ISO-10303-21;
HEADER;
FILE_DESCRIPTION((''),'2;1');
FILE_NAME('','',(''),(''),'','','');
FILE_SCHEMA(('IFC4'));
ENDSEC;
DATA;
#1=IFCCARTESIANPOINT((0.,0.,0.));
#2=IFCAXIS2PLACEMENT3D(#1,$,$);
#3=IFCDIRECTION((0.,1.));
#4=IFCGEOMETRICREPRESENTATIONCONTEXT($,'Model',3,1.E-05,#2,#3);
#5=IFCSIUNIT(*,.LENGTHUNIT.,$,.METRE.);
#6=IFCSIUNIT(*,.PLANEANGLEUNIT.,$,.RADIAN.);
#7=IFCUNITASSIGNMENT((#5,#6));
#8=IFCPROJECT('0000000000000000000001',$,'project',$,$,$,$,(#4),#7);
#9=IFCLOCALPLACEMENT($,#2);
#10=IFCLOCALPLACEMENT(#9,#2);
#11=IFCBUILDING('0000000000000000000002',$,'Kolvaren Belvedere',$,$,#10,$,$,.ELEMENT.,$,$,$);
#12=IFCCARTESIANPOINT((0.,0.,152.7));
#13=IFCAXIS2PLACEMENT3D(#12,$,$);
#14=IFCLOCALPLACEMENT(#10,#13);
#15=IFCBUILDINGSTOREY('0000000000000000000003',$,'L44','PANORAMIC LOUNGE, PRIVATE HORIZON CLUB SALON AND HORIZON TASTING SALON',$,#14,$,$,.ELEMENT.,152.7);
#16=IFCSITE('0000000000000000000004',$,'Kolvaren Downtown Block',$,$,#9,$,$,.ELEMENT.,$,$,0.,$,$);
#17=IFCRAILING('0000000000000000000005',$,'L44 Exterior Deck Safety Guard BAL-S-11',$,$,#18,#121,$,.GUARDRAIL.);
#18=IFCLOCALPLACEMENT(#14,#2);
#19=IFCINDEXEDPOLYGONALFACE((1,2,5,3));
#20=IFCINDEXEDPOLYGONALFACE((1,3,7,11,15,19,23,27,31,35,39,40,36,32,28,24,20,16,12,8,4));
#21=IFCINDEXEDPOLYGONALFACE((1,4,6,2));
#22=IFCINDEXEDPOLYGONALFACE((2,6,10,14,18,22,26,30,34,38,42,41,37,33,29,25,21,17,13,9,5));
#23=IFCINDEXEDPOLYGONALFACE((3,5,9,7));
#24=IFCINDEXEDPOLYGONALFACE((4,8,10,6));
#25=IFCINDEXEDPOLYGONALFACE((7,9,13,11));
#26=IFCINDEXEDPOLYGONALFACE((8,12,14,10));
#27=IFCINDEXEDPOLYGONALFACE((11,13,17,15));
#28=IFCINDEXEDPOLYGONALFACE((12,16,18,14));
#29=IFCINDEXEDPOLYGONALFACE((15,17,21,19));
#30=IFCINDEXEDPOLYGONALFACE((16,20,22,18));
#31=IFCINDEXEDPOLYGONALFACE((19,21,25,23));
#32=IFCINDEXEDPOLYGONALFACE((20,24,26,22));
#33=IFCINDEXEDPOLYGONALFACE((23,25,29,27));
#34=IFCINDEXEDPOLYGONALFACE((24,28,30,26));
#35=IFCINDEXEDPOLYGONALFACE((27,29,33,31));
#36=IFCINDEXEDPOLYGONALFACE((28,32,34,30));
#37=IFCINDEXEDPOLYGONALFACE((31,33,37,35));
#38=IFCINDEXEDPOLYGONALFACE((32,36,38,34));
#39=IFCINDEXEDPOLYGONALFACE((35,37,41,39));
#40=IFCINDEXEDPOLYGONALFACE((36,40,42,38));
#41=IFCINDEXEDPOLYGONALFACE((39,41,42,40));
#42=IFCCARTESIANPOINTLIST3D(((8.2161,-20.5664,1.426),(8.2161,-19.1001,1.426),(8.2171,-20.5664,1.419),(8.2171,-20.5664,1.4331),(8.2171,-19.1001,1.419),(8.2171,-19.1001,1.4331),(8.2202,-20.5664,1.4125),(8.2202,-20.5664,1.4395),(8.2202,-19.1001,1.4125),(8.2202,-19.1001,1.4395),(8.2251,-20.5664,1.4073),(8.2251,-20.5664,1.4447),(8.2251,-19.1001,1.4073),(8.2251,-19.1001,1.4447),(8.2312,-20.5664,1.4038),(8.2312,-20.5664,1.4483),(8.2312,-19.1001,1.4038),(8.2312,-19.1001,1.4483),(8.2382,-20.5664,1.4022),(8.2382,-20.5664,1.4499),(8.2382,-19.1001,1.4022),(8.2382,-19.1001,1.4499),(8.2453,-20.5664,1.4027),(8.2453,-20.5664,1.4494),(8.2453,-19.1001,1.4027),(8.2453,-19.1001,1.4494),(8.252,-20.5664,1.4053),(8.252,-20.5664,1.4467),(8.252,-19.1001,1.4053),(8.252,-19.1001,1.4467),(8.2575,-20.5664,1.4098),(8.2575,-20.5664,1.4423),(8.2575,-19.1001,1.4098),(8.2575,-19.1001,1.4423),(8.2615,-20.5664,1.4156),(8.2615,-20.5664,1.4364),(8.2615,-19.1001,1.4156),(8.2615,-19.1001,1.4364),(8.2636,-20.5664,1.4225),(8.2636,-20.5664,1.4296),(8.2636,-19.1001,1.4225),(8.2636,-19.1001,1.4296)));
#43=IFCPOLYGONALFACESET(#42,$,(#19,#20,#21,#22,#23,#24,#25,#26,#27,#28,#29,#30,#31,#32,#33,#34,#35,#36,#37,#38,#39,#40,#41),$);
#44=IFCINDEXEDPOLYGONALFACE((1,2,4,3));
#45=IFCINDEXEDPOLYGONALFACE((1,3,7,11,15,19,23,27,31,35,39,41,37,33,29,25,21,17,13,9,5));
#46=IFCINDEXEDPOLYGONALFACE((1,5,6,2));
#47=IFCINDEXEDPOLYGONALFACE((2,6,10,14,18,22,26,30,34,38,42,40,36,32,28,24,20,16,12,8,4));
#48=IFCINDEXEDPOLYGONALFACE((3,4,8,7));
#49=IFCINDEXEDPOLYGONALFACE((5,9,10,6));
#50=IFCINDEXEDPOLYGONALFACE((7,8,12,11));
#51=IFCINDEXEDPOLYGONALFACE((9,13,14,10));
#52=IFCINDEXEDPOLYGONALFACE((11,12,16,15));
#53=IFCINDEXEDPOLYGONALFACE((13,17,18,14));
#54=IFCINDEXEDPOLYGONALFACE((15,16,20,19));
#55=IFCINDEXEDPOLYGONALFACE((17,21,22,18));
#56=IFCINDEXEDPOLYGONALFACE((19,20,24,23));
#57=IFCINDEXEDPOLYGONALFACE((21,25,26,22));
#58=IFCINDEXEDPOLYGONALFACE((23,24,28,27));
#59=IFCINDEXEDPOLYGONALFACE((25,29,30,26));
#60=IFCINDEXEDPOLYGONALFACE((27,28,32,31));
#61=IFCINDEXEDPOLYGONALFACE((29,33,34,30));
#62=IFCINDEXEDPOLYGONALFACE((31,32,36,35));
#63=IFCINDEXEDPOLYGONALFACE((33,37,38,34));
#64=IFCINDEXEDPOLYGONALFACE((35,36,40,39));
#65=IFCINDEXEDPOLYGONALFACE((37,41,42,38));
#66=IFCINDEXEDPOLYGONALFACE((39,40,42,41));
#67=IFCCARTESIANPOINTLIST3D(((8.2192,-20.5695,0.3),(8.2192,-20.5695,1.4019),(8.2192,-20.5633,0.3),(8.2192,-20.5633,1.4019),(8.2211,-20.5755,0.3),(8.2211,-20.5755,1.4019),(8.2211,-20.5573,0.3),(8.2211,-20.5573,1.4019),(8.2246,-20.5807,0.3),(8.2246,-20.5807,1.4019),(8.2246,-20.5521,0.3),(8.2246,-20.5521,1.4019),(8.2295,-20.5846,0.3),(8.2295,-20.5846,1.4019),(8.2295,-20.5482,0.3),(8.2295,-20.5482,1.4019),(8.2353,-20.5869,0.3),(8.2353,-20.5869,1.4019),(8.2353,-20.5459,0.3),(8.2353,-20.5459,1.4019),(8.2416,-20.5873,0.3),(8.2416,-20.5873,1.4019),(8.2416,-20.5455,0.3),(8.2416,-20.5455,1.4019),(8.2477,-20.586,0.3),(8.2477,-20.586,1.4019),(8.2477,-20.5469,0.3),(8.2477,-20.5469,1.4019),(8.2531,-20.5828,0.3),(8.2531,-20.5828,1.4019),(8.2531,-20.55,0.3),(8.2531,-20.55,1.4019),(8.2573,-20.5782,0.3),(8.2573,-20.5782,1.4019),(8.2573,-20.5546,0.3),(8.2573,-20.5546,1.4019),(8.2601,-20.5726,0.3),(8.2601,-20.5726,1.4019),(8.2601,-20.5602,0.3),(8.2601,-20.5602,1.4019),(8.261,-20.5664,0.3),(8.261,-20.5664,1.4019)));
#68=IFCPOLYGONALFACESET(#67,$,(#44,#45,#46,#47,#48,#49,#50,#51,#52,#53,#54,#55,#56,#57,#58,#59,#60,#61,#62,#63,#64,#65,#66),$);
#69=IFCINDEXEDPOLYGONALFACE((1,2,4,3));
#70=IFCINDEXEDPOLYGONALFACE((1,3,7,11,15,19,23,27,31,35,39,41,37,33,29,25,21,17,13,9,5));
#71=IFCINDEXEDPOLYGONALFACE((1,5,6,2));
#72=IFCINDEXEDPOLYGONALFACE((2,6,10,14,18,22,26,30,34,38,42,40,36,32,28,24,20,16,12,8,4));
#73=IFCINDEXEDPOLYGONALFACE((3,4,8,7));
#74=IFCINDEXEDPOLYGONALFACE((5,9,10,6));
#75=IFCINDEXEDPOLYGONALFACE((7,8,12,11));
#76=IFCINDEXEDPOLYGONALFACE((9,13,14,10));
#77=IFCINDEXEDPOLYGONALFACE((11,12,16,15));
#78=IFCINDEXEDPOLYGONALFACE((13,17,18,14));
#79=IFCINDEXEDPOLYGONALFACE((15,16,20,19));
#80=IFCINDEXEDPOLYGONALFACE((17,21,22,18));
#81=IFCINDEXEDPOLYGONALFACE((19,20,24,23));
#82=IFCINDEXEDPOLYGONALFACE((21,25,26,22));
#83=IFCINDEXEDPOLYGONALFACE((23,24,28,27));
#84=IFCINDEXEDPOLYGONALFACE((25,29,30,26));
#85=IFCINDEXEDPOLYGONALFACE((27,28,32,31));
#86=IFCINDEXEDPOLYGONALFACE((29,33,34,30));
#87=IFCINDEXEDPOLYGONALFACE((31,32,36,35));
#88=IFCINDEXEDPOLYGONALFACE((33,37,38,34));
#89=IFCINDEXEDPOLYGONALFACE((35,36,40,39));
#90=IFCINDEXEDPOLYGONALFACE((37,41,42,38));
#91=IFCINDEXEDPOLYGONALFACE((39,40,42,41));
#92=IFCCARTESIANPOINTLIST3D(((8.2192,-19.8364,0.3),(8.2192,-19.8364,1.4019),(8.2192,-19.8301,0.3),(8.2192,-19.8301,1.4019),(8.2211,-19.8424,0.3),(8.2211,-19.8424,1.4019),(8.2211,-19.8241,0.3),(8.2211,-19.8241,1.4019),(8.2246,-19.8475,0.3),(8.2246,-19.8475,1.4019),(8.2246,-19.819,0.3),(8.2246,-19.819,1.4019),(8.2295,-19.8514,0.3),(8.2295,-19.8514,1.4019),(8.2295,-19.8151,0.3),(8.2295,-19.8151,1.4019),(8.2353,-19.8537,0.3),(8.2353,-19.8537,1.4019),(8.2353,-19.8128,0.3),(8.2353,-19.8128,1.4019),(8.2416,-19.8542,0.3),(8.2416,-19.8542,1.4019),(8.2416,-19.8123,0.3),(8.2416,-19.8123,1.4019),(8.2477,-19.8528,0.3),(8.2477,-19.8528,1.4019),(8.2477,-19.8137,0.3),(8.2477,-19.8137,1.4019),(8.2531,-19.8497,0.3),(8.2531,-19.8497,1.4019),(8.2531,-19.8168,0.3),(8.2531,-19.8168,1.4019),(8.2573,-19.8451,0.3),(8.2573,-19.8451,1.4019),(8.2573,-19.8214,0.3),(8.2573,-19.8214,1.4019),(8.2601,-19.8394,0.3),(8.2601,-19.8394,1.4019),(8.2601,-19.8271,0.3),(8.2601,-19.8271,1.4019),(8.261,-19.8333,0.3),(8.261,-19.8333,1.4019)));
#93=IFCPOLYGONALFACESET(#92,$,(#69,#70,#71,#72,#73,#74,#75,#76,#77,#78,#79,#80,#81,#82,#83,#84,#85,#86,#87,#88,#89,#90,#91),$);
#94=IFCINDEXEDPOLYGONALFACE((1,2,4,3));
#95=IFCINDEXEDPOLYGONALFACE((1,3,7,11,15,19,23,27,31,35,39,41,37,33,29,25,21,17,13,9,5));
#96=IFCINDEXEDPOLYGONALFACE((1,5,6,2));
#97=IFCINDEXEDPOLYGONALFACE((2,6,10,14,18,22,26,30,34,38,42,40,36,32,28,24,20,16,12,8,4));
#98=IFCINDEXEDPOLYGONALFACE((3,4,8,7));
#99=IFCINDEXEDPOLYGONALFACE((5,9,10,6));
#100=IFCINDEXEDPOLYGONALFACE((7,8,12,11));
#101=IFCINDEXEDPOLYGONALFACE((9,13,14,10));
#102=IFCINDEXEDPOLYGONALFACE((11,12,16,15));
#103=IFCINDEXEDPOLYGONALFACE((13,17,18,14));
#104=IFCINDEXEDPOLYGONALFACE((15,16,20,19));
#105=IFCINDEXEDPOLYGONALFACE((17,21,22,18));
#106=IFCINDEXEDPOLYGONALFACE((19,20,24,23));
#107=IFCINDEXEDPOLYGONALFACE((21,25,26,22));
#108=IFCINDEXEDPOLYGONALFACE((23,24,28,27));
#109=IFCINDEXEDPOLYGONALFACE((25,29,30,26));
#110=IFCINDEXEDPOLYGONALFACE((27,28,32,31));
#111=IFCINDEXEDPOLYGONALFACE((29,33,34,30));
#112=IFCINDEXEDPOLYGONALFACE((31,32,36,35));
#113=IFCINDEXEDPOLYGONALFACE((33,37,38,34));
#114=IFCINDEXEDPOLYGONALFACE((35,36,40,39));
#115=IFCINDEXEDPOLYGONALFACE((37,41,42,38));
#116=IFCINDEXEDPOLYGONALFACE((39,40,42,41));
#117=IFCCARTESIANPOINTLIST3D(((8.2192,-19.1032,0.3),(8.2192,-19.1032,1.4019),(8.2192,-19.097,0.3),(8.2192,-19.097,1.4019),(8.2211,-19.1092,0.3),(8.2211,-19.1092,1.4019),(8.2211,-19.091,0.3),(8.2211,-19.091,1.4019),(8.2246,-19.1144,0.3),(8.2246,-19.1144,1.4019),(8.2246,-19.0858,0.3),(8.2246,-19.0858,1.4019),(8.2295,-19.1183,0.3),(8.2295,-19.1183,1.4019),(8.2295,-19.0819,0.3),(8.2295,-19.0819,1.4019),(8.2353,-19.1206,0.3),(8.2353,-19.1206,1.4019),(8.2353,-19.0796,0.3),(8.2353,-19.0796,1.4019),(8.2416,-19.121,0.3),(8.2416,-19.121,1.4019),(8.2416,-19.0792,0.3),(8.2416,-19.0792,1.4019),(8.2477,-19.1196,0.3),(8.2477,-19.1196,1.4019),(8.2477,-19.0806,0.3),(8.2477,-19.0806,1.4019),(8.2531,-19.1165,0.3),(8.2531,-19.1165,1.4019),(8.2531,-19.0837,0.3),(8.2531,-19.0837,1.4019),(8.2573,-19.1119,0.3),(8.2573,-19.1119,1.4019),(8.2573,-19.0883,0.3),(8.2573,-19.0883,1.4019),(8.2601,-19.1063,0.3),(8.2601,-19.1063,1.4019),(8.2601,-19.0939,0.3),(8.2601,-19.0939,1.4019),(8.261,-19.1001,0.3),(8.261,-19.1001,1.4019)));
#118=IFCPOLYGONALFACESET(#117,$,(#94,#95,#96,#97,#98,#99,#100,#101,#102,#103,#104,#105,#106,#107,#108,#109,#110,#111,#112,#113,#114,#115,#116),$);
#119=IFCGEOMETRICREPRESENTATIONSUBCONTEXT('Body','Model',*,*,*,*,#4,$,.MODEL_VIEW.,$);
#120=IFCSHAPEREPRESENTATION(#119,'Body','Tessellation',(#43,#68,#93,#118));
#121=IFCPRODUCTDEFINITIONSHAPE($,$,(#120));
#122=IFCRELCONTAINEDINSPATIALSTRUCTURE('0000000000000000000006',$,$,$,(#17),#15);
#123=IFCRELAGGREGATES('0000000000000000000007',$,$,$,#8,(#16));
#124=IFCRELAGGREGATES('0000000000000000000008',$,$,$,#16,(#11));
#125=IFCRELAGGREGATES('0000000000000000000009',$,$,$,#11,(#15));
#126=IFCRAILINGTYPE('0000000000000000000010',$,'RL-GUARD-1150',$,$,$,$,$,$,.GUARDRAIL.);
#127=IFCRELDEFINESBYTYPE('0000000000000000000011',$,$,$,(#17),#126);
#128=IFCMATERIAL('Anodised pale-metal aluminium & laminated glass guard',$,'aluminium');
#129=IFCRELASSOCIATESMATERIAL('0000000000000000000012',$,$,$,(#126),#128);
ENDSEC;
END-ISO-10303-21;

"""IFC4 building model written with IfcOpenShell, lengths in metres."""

from ifc_helpers import new_model, si_unit, direction, frame, origin, origin_2d, place, context, subcontext, project, spatial, circle, extrude, material, type_object, element, save


model = new_model("IFC4")

# Units and contexts
model_context = context("Model", 3, precision=1e-05, world=origin(), true_north=direction((0.0, 1.0)))
body_context = subcontext(model_context, "Body", "Model", "MODEL_VIEW")
ifc_project = project(units=[si_unit("LENGTHUNIT", "METRE"), si_unit("PLANEANGLEUNIT", "RADIAN")], contexts=[model_context])

# Site, building, storey
site_placement = place(None, origin())
site = spatial("IfcSite", under=ifc_project, at=site_placement, Name="Kolvaren Downtown Block", CompositionType="ELEMENT", RefElevation=0.0)
building_placement = place(site_placement, origin())
building = spatial("IfcBuilding", under=site, at=building_placement, Name="Kolvaren Belvedere", CompositionType="ELEMENT")
storey_placement = place(building_placement, frame((0.0, 0.0, 152.7)))
storey = spatial("IfcBuildingStorey", under=building, at=storey_placement, Name="L44", Description="PANORAMIC LOUNGE, PRIVATE HORIZON CLUB SALON AND HORIZON TASTING SALON", CompositionType="ELEMENT", Elevation=152.7)

# Railing
ifc_material_1 = material(Name="Anodised pale-metal aluminium & laminated glass guard", Category="aluminium")
railing_type = type_object("IfcRailingType", Name="RL-GUARD-1150", PredefinedType="GUARDRAIL", material=ifc_material_1)
railing_1_placement = place(storey_placement, frame((8.24, -20.5664, 0.3)))
element("IfcRailing", 1, at=railing_1_placement, inside=storey, type_object=railing_type, Name="L44 Exterior Deck Safety Guard BAL-S-11", PredefinedType="GUARDRAIL", context=body_context, shape_type="SweptSolid", body=[
    extrude(circle(Radius=0.0239, at=origin_2d()), frame((0.0, 0.0, 1.126), z_axis=(0.0, 1.0, 0.0), x_axis=(-1.0, 0.0, 0.0)), (0.0, 0.0, 1.0), 1.4663),
    extrude(circle(Radius=0.021, at=origin_2d()), origin(), (0.0, 0.0, 1.0), 1.1018),
    extrude(circle(Radius=0.021, at=origin_2d()), frame((0.0, 0.7332, 0.0)), (0.0, 0.0, 1.0), 1.1018),
    extrude(circle(Radius=0.021, at=origin_2d()), frame((0.0, 1.4663, 0.0)), (0.0, 0.0, 1.0), 1.1018),
])

save(model, "model.ifc")
